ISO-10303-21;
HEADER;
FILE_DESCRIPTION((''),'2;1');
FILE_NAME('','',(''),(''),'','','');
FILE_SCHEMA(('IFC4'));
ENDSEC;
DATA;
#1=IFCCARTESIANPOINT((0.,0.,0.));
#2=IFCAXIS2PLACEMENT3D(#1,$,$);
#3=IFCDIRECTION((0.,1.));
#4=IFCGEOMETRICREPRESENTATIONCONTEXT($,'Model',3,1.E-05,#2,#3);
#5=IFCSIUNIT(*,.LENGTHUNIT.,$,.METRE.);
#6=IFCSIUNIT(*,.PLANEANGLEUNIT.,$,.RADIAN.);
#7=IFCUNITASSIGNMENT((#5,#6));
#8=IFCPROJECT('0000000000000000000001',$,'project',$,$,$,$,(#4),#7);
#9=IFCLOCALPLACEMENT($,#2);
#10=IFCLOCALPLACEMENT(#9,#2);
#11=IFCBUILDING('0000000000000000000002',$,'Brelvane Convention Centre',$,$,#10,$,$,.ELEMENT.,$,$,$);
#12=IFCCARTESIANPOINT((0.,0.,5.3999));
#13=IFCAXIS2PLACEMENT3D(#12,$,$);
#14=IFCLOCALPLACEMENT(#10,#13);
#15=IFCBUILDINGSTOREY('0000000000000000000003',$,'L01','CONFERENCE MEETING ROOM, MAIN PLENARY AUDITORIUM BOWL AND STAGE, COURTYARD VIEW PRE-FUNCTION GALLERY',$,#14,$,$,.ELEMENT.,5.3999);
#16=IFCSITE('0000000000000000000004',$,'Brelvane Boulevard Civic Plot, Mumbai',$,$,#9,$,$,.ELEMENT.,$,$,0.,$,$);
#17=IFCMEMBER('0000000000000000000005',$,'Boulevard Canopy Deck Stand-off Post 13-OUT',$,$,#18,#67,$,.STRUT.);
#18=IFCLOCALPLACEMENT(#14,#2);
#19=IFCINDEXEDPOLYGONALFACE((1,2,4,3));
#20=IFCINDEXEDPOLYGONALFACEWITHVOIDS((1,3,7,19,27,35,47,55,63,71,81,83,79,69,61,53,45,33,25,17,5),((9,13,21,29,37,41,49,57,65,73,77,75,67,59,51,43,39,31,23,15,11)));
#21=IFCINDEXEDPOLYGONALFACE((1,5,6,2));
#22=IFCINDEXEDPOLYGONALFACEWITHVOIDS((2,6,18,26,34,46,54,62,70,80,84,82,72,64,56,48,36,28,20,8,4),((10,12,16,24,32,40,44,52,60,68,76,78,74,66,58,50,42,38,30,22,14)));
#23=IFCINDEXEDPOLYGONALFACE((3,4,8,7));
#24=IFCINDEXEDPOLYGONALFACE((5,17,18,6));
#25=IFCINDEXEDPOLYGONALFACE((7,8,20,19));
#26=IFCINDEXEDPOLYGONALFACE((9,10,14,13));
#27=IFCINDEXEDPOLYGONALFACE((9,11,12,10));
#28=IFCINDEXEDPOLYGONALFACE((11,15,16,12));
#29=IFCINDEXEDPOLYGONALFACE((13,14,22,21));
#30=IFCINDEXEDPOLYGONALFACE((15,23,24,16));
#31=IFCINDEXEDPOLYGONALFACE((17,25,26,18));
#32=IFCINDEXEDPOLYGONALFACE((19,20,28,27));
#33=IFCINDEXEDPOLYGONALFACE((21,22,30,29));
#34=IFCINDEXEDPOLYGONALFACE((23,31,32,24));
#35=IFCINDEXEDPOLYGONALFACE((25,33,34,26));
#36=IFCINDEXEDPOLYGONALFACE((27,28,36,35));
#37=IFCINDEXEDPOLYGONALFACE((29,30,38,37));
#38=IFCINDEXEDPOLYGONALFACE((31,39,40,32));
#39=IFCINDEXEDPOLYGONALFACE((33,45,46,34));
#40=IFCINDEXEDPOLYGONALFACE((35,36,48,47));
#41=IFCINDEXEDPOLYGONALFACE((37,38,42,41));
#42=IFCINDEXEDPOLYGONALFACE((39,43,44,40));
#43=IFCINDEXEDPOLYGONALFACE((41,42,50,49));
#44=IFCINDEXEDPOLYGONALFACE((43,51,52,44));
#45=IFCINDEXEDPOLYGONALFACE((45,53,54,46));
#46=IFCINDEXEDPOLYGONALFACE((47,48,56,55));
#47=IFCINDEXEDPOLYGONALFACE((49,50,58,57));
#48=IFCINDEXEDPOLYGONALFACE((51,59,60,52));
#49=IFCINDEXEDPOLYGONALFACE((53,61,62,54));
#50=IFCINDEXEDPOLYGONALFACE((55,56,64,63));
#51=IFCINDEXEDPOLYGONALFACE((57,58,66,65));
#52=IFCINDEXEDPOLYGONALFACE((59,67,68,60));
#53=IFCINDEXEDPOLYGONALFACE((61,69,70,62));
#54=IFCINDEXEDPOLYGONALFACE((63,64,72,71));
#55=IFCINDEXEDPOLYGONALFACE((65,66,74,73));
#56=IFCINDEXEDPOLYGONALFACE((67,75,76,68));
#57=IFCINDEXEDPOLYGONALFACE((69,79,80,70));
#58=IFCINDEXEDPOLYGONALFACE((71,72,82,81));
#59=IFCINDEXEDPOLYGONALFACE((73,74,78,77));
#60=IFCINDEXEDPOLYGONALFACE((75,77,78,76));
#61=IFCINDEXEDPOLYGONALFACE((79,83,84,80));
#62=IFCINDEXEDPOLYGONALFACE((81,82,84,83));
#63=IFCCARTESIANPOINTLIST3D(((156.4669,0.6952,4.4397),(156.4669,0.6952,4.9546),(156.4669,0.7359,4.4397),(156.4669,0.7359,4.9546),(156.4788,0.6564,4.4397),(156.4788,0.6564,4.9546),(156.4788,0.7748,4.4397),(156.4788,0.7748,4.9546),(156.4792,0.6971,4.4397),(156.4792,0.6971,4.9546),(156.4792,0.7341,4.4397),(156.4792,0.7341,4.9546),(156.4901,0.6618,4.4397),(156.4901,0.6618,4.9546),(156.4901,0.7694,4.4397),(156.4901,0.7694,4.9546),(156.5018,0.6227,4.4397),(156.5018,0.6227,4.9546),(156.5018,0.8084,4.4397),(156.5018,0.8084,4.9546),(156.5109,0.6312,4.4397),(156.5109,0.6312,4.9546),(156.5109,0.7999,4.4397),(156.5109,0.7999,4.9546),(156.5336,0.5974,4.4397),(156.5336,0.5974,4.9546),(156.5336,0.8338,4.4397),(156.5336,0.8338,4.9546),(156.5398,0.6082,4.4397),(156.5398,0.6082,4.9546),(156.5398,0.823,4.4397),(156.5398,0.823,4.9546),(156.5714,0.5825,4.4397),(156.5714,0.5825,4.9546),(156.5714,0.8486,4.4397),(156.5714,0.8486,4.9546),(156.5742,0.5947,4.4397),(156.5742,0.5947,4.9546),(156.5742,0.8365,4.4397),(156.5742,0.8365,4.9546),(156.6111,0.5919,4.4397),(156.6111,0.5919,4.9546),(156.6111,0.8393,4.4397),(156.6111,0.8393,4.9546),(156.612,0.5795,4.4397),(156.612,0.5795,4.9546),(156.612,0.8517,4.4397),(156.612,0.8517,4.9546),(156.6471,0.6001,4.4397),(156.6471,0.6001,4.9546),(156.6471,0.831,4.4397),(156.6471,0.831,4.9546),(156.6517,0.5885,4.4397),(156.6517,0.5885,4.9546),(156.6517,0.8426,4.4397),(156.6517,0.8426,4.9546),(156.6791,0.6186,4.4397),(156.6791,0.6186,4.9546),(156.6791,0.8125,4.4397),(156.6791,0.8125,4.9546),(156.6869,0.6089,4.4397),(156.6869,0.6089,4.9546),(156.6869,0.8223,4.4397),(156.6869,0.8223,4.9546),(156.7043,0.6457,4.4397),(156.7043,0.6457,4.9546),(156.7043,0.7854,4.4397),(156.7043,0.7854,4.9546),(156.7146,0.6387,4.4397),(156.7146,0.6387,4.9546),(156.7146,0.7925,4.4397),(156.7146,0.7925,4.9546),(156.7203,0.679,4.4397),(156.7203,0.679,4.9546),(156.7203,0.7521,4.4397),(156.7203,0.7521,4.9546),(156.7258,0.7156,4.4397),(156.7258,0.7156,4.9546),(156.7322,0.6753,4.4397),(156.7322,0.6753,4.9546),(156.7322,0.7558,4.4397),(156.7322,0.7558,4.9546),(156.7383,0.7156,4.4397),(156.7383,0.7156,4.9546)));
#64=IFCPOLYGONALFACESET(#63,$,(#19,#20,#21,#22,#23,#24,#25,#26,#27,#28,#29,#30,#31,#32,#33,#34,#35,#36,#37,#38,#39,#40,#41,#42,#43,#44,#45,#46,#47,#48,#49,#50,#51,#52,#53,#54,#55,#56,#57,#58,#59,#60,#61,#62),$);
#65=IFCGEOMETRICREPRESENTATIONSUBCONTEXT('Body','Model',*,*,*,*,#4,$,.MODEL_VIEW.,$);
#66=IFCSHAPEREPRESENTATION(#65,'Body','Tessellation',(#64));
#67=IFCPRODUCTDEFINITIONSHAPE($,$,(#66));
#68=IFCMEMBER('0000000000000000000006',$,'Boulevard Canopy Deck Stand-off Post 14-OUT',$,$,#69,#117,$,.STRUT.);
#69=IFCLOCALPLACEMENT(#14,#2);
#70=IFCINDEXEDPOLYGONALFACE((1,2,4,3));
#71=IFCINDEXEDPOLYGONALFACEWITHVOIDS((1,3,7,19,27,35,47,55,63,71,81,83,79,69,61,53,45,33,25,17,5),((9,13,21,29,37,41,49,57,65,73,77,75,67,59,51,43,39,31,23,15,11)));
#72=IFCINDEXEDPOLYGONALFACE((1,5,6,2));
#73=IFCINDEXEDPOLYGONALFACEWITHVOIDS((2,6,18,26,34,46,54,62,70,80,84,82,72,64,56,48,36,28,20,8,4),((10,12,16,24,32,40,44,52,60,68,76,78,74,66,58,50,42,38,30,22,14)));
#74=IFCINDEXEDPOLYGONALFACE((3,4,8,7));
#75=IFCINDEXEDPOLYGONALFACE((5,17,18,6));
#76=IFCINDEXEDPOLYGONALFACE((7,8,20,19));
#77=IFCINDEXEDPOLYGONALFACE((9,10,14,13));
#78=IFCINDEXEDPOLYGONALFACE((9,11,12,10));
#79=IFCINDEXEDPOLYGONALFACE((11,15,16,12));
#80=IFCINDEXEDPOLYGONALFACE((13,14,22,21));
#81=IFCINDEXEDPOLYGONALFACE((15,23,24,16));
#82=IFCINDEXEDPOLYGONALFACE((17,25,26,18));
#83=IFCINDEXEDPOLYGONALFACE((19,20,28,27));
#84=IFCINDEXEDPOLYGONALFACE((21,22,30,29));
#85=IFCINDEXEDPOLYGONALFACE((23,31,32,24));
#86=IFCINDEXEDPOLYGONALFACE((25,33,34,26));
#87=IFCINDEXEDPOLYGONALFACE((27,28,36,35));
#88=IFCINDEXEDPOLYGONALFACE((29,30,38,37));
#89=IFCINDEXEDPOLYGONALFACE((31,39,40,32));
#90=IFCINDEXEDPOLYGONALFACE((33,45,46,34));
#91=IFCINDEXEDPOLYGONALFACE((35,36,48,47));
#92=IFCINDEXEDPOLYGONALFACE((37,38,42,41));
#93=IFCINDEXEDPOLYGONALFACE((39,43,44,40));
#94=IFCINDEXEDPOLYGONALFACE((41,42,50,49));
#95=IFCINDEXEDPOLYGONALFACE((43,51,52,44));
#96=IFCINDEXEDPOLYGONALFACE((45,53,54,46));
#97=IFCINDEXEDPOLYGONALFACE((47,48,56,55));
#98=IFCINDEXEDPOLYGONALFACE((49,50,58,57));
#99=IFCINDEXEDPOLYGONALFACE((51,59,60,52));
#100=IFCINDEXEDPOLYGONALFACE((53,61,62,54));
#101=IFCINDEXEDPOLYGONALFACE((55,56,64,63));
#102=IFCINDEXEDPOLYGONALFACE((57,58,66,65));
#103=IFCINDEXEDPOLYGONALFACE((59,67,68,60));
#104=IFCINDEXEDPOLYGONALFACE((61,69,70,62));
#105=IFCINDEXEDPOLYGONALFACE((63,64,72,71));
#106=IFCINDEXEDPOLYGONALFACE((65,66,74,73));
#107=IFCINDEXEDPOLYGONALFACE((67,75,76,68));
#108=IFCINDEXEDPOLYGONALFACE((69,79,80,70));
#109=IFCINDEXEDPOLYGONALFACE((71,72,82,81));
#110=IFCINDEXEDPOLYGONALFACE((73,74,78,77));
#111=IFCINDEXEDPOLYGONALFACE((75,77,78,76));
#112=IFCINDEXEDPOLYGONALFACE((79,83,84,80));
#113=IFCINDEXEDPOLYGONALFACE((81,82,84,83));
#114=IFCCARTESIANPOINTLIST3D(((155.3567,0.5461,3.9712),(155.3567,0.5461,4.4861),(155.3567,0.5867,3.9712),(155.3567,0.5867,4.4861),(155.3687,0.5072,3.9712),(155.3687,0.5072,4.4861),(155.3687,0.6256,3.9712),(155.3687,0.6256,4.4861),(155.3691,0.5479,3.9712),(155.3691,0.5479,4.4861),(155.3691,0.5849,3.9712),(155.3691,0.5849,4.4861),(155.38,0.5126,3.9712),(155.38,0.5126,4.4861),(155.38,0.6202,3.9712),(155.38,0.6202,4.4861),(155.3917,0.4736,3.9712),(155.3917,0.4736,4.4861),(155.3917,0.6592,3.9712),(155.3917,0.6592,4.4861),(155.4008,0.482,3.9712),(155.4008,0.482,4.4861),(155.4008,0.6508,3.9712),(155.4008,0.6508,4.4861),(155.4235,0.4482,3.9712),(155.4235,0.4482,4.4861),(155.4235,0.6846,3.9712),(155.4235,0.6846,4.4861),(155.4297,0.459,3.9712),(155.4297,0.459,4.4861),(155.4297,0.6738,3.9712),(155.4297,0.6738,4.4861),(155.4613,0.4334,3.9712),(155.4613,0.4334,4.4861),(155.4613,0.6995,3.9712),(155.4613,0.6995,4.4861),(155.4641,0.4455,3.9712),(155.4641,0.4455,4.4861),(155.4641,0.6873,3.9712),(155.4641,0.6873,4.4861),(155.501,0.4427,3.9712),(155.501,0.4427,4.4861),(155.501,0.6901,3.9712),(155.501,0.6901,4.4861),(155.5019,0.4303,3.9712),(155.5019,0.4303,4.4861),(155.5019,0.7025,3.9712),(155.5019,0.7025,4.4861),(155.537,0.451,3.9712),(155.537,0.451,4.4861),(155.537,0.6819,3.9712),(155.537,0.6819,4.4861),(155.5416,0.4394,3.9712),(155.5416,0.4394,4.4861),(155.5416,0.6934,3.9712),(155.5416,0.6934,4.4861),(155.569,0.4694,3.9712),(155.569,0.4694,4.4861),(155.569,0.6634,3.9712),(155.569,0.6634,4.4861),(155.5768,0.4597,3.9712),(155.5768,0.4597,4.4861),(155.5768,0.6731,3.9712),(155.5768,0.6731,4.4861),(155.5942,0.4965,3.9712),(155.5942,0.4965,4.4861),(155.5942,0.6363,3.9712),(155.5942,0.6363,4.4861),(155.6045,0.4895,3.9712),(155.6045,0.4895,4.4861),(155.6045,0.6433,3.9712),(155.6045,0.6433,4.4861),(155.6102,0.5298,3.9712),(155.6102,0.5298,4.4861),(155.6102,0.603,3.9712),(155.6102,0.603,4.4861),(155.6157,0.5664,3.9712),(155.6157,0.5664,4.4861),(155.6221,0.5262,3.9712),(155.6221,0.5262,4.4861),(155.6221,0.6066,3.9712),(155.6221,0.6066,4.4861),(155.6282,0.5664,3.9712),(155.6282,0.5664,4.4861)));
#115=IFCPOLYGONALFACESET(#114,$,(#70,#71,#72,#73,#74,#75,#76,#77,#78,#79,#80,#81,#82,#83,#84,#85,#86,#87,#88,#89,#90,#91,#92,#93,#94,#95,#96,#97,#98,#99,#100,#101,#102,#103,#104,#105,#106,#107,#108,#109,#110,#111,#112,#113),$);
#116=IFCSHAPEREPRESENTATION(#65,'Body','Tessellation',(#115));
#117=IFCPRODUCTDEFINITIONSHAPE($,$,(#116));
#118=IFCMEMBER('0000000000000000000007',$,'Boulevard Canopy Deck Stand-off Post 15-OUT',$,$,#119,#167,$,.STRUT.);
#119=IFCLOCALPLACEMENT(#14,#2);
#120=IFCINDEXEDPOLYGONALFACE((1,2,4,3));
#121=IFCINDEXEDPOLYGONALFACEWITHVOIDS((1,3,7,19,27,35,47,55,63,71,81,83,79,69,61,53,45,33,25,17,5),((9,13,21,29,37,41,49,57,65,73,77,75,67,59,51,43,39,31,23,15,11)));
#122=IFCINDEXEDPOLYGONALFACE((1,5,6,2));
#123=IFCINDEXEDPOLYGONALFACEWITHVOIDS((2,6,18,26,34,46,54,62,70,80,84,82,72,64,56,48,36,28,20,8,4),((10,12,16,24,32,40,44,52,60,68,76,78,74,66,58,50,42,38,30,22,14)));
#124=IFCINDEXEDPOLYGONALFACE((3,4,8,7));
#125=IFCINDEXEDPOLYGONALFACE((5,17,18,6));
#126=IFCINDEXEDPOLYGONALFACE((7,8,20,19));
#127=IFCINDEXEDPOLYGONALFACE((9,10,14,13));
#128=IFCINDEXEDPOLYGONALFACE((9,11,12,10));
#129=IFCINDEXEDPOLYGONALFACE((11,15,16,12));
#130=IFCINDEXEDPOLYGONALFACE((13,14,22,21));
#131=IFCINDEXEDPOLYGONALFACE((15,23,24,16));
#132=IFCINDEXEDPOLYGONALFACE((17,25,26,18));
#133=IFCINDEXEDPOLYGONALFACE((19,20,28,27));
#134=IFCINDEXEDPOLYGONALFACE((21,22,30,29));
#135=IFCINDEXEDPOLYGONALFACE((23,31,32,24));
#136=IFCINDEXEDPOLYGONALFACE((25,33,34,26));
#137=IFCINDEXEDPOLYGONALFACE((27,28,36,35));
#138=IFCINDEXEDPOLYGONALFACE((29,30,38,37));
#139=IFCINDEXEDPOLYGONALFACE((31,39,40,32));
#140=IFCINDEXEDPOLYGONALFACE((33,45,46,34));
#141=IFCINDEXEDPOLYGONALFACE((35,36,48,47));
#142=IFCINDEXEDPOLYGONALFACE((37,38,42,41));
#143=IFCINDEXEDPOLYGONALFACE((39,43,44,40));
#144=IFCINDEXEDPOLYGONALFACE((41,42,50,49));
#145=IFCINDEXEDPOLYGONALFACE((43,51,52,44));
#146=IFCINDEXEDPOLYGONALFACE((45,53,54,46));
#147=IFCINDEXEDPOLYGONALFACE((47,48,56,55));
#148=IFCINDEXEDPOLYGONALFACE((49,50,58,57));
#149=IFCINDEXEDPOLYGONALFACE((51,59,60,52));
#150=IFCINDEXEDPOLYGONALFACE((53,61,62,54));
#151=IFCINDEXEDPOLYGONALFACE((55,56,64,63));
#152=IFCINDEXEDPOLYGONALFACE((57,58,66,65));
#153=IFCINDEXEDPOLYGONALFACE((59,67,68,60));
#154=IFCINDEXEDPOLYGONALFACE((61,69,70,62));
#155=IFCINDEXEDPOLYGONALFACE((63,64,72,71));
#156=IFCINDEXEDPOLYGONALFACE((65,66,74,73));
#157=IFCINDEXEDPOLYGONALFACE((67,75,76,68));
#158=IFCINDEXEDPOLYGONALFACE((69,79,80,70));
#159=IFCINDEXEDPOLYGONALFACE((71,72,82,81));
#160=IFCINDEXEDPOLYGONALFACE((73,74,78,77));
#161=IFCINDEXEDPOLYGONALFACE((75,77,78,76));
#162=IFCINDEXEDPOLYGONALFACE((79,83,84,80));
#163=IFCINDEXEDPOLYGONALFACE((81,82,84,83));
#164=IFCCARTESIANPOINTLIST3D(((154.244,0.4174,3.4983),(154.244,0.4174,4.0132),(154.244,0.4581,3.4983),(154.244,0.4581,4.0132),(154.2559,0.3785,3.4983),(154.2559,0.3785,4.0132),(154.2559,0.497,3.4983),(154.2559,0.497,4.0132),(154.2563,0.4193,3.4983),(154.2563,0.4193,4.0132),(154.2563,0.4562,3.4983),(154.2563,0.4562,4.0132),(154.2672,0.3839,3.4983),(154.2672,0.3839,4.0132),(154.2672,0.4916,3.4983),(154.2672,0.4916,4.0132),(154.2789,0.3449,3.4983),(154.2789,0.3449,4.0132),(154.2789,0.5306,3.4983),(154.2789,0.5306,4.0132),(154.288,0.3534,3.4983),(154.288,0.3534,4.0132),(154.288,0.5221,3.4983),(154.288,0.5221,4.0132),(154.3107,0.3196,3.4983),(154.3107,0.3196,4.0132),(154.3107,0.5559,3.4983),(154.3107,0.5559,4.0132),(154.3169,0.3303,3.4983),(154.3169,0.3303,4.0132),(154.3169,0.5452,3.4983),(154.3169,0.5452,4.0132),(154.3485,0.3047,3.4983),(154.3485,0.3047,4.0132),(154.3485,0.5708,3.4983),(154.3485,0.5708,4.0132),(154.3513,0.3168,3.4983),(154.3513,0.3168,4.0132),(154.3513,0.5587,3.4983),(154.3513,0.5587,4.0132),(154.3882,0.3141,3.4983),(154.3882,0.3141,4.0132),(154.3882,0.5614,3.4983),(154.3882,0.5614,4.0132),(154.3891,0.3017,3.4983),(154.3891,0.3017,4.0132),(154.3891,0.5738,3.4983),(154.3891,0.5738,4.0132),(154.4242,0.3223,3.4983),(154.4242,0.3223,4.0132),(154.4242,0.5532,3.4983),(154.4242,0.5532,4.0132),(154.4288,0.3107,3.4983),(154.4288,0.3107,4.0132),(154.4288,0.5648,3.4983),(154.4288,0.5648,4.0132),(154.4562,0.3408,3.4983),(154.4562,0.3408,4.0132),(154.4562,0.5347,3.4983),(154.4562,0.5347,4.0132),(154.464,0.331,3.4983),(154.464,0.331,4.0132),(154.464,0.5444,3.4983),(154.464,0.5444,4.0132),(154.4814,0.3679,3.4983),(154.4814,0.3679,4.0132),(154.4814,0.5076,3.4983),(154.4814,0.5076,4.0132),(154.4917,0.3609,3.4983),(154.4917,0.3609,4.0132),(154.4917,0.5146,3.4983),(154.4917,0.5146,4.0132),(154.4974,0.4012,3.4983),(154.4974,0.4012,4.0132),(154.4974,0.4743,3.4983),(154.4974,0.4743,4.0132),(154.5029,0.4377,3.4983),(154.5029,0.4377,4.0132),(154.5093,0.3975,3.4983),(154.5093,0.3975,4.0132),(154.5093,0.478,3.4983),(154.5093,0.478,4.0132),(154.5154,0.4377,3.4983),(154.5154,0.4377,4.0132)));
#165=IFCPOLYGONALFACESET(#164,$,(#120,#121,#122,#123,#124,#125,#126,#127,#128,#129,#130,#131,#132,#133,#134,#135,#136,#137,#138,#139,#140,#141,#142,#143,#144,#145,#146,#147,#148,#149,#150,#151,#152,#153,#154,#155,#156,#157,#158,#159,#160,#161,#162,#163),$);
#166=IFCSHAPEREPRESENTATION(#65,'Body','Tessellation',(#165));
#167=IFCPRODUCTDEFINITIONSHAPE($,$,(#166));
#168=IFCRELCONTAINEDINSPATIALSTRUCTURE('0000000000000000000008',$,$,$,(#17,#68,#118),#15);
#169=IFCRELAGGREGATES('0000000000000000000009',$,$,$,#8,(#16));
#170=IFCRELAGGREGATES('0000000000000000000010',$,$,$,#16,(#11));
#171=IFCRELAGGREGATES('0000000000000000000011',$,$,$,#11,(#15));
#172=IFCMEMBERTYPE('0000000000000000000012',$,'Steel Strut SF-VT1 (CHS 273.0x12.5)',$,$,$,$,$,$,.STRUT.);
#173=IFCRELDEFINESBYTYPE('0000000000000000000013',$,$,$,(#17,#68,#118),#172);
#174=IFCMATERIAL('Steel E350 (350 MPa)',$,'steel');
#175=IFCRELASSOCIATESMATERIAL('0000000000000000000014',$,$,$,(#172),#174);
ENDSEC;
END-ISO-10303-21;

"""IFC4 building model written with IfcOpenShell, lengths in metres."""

from ifc_helpers import new_model, si_unit, direction, frame, origin, origin_2d, place, context, subcontext, project, spatial, hollow_circle, extrude, material, material_profile, profile_set, type_object, element, save


model = new_model("IFC4")

# Units and contexts
model_context = context("Model", 3, precision=1e-05, world=origin(), true_north=direction((0.0, 1.0)))
body_context = subcontext(model_context, "Body", "Model", "MODEL_VIEW")
ifc_project = project(units=[si_unit("LENGTHUNIT", "METRE"), si_unit("PLANEANGLEUNIT", "RADIAN")], contexts=[model_context])

# Site, building, storey
site_placement = place(None, origin())
site = spatial("IfcSite", under=ifc_project, at=site_placement, Name="Brelvane Boulevard Civic Plot, Mumbai", CompositionType="ELEMENT", RefElevation=0.0)
building_placement = place(site_placement, origin())
building = spatial("IfcBuilding", under=site, at=building_placement, Name="Brelvane Convention Centre", CompositionType="ELEMENT")
storey_placement = place(building_placement, frame((0.0, 0.0, 5.3999)))
storey = spatial("IfcBuildingStorey", under=building, at=storey_placement, Name="L01", Description="CONFERENCE MEETING ROOM, MAIN PLENARY AUDITORIUM BOWL AND STAGE, COURTYARD VIEW PRE-FUNCTION GALLERY", CompositionType="ELEMENT", Elevation=5.3999)

# Members
ifc_material_1 = material(Name="Steel E350 (350 MPa)", Category="steel")
ifc_material_profile_1 = material_profile(ifc_material_1, hollow_circle(Radius=0.1365, WallThickness=0.0125, at=origin_2d()), Name="CHS 273.0x12.5")
ifc_profile_set_1 = profile_set([ifc_material_profile_1], Name="Steel E350 (350 MPa)")
member_type_1 = type_object("IfcMemberType", Name="Steel Strut SF-VT1 (CHS 273.0x12.5)", PredefinedType="STRUT", material=ifc_profile_set_1)
for number, where, z_axis, x_axis, name in (
    (1, (156.6018, 0.7156, 4.4397), (0.0, 0.0, 1.0), (1.0, 0.0, 0.0), "Boulevard Canopy Deck Stand-off Post 13-OUT"),
    (2, (155.4917, 0.5664, 3.9712), (0.0, 0.0, 1.0), (1.0, 0.0, 0.0), "Boulevard Canopy Deck Stand-off Post 14-OUT"),
    (3, (154.3789, 0.4377, 3.4983), (0.0, 0.0, 1.0), (1.0, 0.0, 0.0), "Boulevard Canopy Deck Stand-off Post 15-OUT"),
):
    element("IfcMember", number, at=place(storey_placement, frame(where, z_axis=z_axis, x_axis=x_axis)), inside=storey, type_object=member_type_1, Name=name, PredefinedType="STRUT", context=body_context, shape_type="SweptSolid", body=[
        extrude(hollow_circle(Radius=0.1365, WallThickness=0.0125, at=origin_2d()), origin(), (0.0, 0.0, 1.0), 0.5149),
    ])

save(model, "model.ifc")
